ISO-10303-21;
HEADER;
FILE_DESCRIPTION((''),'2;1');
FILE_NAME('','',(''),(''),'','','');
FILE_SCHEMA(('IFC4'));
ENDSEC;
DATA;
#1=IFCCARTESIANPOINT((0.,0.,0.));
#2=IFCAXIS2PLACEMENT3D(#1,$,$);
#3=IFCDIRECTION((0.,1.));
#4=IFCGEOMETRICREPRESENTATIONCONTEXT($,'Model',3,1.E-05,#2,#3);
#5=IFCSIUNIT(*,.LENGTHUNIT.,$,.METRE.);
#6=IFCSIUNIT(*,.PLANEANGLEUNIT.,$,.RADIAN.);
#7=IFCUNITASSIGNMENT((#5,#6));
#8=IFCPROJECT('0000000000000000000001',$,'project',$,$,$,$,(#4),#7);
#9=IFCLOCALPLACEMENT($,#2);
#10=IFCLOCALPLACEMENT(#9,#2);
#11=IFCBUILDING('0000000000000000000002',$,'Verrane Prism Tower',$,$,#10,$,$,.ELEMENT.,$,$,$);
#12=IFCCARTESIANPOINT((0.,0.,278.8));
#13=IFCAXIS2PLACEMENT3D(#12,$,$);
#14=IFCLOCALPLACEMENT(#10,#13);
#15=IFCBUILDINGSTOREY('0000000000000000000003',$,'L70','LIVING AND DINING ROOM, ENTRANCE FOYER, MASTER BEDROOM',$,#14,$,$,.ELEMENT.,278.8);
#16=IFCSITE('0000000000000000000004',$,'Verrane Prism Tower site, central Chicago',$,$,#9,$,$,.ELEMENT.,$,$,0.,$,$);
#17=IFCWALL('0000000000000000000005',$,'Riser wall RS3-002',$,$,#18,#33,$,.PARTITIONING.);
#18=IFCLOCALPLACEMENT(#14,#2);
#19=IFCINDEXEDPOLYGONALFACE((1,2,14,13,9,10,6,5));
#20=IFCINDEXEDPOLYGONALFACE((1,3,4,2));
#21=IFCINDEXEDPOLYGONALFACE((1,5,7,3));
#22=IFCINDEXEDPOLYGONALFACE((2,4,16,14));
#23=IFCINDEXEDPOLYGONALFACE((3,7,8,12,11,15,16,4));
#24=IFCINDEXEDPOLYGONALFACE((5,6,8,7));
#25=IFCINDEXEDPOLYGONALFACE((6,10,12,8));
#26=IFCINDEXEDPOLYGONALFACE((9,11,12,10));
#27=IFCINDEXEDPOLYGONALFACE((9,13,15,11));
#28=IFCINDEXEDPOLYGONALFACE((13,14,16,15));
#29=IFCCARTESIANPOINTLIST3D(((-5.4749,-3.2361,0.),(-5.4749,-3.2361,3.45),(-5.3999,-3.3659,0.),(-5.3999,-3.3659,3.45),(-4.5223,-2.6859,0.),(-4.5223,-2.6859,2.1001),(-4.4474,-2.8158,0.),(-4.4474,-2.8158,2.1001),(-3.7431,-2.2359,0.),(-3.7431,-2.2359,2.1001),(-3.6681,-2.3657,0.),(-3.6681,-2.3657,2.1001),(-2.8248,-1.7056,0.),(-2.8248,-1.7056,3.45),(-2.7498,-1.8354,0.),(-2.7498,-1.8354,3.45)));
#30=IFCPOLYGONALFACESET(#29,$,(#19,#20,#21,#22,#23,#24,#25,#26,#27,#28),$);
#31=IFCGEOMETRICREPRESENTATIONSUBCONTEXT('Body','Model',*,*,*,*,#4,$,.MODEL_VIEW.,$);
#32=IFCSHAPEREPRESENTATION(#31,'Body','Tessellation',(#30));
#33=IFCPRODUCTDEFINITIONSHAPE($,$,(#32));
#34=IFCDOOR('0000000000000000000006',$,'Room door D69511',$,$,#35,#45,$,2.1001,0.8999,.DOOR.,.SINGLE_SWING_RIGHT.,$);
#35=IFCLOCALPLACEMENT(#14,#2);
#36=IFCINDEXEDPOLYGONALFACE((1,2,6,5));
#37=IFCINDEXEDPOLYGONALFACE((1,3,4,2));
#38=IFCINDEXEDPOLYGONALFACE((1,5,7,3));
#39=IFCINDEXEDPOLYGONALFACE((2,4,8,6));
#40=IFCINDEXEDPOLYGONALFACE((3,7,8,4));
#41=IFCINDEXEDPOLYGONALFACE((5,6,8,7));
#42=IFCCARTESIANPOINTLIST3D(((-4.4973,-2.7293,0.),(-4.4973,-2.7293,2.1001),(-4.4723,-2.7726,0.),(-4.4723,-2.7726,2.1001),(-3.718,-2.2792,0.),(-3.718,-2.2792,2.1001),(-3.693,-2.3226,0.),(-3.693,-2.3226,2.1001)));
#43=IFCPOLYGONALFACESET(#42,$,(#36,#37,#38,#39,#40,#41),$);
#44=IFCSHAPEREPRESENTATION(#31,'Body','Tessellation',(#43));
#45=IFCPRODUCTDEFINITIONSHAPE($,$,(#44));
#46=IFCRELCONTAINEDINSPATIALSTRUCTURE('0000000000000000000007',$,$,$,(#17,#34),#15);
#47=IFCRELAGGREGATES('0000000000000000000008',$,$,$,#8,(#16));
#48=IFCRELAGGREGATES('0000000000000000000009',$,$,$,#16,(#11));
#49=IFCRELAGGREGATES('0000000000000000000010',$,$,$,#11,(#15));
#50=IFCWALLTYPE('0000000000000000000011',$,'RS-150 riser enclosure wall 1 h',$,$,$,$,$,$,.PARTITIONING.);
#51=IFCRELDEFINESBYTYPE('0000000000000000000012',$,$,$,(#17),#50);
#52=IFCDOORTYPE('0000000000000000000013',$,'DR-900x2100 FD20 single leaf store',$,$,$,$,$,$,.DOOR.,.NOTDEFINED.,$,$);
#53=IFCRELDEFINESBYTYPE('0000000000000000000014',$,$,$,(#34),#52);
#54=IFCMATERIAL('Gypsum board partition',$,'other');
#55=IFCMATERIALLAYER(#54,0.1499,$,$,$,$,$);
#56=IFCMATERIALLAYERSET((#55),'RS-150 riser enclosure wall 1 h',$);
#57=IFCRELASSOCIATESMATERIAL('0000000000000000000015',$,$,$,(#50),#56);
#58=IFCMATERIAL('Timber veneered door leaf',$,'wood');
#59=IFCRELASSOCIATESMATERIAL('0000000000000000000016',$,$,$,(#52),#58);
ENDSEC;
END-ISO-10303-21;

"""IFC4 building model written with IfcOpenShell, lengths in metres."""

from ifc_helpers import new_model, si_unit, direction, frame, frame_2d, origin, place, context, subcontext, project, spatial, rectangle, extrude, material, layer, layer_set, type_object, element, fill, save


model = new_model("IFC4")

# Units and contexts
model_context = context("Model", 3, precision=1e-05, world=origin(), true_north=direction((0.0, 1.0)))
body_context = subcontext(model_context, "Body", "Model", "MODEL_VIEW")
ifc_project = project(units=[si_unit("LENGTHUNIT", "METRE"), si_unit("PLANEANGLEUNIT", "RADIAN")], contexts=[model_context])

# Site, building, storey
site_placement = place(None, origin())
site = spatial("IfcSite", under=ifc_project, at=site_placement, Name="Verrane Prism Tower site, central Chicago", CompositionType="ELEMENT", RefElevation=0.0)
building_placement = place(site_placement, origin())
building = spatial("IfcBuilding", under=site, at=building_placement, Name="Verrane Prism Tower", CompositionType="ELEMENT")
storey_placement = place(building_placement, frame((0.0, 0.0, 278.8)))
storey = spatial("IfcBuildingStorey", under=building, at=storey_placement, Name="L70", Description="LIVING AND DINING ROOM, ENTRANCE FOYER, MASTER BEDROOM", CompositionType="ELEMENT", Elevation=278.8)

# Shared definitions
ifc_material_1 = material(Name="Gypsum board partition", Category="other")
ifc_layer_1 = layer(ifc_material_1, 0.1499)
ifc_layer_set_1 = layer_set([ifc_layer_1], Name="RS-150 riser enclosure wall 1 h")
wall_type_1 = type_object("IfcWallType", Name="RS-150 riser enclosure wall 1 h", PredefinedType="PARTITIONING", material=ifc_layer_set_1)

# Wall, opening, door
wall_1_placement = place(storey_placement, frame((-5.4375, -3.301, 0.0), z_axis=(0.0, 0.0, 1.0), x_axis=(0.865961, 0.500111, 0.0)))
wall_1 = element("IfcWall", 1, at=wall_1_placement, inside=storey, type_object=wall_type_1, Name="Riser wall RS3-002", PredefinedType="PARTITIONING", context=body_context, shape_type="SweptSolid", body=[
    extrude(rectangle(XDim=3.0603, YDim=0.1499, at=frame_2d((1.5303, 0.0))), origin(), (0.0, 0.0, 1.0), 3.45),
])
opening_1_placement = place(wall_1_placement, frame((1.1001, 0.0, 0.0)))
opening_1 = element("IfcOpeningElement", 2, at=opening_1_placement, cuts=wall_1, PredefinedType="OPENING", context=body_context, shape_type="SweptSolid", body=[
    extrude(rectangle(XDim=0.8999, YDim=2.1001, at=frame_2d((0.45, 1.05))), frame((0.0, 0.085, 0.0), z_axis=(0.0, -1.0, 0.0), x_axis=(1.0, 0.0, 0.0)), (0.0, 0.0, 1.0), 0.1699),
])
ifc_material_2 = material(Name="Timber veneered door leaf", Category="wood")
door_type_1 = type_object("IfcDoorType", Name="DR-900x2100 FD20 single leaf store", OperationType="NOTDEFINED", PredefinedType="DOOR", material=ifc_material_2)
door_1_placement = place(opening_1_placement, origin())
door_1 = element("IfcDoor", 3, at=door_1_placement, inside=storey, type_object=door_type_1, Name="Room door D69511", OperationType="SINGLE_SWING_RIGHT", OverallHeight=2.1001, OverallWidth=0.8999, PredefinedType="DOOR", context=body_context, shape_type="SweptSolid", body=[
    extrude(rectangle(XDim=0.8999, YDim=2.1001, at=frame_2d((0.45, 1.05))), frame((0.0, 0.0249, 0.0), z_axis=(0.0, -1.0, 0.0), x_axis=(1.0, 0.0, 0.0)), (0.0, 0.0, 1.0), 0.05),
])
fill(opening_1, door_1)

save(model, "model.ifc")
